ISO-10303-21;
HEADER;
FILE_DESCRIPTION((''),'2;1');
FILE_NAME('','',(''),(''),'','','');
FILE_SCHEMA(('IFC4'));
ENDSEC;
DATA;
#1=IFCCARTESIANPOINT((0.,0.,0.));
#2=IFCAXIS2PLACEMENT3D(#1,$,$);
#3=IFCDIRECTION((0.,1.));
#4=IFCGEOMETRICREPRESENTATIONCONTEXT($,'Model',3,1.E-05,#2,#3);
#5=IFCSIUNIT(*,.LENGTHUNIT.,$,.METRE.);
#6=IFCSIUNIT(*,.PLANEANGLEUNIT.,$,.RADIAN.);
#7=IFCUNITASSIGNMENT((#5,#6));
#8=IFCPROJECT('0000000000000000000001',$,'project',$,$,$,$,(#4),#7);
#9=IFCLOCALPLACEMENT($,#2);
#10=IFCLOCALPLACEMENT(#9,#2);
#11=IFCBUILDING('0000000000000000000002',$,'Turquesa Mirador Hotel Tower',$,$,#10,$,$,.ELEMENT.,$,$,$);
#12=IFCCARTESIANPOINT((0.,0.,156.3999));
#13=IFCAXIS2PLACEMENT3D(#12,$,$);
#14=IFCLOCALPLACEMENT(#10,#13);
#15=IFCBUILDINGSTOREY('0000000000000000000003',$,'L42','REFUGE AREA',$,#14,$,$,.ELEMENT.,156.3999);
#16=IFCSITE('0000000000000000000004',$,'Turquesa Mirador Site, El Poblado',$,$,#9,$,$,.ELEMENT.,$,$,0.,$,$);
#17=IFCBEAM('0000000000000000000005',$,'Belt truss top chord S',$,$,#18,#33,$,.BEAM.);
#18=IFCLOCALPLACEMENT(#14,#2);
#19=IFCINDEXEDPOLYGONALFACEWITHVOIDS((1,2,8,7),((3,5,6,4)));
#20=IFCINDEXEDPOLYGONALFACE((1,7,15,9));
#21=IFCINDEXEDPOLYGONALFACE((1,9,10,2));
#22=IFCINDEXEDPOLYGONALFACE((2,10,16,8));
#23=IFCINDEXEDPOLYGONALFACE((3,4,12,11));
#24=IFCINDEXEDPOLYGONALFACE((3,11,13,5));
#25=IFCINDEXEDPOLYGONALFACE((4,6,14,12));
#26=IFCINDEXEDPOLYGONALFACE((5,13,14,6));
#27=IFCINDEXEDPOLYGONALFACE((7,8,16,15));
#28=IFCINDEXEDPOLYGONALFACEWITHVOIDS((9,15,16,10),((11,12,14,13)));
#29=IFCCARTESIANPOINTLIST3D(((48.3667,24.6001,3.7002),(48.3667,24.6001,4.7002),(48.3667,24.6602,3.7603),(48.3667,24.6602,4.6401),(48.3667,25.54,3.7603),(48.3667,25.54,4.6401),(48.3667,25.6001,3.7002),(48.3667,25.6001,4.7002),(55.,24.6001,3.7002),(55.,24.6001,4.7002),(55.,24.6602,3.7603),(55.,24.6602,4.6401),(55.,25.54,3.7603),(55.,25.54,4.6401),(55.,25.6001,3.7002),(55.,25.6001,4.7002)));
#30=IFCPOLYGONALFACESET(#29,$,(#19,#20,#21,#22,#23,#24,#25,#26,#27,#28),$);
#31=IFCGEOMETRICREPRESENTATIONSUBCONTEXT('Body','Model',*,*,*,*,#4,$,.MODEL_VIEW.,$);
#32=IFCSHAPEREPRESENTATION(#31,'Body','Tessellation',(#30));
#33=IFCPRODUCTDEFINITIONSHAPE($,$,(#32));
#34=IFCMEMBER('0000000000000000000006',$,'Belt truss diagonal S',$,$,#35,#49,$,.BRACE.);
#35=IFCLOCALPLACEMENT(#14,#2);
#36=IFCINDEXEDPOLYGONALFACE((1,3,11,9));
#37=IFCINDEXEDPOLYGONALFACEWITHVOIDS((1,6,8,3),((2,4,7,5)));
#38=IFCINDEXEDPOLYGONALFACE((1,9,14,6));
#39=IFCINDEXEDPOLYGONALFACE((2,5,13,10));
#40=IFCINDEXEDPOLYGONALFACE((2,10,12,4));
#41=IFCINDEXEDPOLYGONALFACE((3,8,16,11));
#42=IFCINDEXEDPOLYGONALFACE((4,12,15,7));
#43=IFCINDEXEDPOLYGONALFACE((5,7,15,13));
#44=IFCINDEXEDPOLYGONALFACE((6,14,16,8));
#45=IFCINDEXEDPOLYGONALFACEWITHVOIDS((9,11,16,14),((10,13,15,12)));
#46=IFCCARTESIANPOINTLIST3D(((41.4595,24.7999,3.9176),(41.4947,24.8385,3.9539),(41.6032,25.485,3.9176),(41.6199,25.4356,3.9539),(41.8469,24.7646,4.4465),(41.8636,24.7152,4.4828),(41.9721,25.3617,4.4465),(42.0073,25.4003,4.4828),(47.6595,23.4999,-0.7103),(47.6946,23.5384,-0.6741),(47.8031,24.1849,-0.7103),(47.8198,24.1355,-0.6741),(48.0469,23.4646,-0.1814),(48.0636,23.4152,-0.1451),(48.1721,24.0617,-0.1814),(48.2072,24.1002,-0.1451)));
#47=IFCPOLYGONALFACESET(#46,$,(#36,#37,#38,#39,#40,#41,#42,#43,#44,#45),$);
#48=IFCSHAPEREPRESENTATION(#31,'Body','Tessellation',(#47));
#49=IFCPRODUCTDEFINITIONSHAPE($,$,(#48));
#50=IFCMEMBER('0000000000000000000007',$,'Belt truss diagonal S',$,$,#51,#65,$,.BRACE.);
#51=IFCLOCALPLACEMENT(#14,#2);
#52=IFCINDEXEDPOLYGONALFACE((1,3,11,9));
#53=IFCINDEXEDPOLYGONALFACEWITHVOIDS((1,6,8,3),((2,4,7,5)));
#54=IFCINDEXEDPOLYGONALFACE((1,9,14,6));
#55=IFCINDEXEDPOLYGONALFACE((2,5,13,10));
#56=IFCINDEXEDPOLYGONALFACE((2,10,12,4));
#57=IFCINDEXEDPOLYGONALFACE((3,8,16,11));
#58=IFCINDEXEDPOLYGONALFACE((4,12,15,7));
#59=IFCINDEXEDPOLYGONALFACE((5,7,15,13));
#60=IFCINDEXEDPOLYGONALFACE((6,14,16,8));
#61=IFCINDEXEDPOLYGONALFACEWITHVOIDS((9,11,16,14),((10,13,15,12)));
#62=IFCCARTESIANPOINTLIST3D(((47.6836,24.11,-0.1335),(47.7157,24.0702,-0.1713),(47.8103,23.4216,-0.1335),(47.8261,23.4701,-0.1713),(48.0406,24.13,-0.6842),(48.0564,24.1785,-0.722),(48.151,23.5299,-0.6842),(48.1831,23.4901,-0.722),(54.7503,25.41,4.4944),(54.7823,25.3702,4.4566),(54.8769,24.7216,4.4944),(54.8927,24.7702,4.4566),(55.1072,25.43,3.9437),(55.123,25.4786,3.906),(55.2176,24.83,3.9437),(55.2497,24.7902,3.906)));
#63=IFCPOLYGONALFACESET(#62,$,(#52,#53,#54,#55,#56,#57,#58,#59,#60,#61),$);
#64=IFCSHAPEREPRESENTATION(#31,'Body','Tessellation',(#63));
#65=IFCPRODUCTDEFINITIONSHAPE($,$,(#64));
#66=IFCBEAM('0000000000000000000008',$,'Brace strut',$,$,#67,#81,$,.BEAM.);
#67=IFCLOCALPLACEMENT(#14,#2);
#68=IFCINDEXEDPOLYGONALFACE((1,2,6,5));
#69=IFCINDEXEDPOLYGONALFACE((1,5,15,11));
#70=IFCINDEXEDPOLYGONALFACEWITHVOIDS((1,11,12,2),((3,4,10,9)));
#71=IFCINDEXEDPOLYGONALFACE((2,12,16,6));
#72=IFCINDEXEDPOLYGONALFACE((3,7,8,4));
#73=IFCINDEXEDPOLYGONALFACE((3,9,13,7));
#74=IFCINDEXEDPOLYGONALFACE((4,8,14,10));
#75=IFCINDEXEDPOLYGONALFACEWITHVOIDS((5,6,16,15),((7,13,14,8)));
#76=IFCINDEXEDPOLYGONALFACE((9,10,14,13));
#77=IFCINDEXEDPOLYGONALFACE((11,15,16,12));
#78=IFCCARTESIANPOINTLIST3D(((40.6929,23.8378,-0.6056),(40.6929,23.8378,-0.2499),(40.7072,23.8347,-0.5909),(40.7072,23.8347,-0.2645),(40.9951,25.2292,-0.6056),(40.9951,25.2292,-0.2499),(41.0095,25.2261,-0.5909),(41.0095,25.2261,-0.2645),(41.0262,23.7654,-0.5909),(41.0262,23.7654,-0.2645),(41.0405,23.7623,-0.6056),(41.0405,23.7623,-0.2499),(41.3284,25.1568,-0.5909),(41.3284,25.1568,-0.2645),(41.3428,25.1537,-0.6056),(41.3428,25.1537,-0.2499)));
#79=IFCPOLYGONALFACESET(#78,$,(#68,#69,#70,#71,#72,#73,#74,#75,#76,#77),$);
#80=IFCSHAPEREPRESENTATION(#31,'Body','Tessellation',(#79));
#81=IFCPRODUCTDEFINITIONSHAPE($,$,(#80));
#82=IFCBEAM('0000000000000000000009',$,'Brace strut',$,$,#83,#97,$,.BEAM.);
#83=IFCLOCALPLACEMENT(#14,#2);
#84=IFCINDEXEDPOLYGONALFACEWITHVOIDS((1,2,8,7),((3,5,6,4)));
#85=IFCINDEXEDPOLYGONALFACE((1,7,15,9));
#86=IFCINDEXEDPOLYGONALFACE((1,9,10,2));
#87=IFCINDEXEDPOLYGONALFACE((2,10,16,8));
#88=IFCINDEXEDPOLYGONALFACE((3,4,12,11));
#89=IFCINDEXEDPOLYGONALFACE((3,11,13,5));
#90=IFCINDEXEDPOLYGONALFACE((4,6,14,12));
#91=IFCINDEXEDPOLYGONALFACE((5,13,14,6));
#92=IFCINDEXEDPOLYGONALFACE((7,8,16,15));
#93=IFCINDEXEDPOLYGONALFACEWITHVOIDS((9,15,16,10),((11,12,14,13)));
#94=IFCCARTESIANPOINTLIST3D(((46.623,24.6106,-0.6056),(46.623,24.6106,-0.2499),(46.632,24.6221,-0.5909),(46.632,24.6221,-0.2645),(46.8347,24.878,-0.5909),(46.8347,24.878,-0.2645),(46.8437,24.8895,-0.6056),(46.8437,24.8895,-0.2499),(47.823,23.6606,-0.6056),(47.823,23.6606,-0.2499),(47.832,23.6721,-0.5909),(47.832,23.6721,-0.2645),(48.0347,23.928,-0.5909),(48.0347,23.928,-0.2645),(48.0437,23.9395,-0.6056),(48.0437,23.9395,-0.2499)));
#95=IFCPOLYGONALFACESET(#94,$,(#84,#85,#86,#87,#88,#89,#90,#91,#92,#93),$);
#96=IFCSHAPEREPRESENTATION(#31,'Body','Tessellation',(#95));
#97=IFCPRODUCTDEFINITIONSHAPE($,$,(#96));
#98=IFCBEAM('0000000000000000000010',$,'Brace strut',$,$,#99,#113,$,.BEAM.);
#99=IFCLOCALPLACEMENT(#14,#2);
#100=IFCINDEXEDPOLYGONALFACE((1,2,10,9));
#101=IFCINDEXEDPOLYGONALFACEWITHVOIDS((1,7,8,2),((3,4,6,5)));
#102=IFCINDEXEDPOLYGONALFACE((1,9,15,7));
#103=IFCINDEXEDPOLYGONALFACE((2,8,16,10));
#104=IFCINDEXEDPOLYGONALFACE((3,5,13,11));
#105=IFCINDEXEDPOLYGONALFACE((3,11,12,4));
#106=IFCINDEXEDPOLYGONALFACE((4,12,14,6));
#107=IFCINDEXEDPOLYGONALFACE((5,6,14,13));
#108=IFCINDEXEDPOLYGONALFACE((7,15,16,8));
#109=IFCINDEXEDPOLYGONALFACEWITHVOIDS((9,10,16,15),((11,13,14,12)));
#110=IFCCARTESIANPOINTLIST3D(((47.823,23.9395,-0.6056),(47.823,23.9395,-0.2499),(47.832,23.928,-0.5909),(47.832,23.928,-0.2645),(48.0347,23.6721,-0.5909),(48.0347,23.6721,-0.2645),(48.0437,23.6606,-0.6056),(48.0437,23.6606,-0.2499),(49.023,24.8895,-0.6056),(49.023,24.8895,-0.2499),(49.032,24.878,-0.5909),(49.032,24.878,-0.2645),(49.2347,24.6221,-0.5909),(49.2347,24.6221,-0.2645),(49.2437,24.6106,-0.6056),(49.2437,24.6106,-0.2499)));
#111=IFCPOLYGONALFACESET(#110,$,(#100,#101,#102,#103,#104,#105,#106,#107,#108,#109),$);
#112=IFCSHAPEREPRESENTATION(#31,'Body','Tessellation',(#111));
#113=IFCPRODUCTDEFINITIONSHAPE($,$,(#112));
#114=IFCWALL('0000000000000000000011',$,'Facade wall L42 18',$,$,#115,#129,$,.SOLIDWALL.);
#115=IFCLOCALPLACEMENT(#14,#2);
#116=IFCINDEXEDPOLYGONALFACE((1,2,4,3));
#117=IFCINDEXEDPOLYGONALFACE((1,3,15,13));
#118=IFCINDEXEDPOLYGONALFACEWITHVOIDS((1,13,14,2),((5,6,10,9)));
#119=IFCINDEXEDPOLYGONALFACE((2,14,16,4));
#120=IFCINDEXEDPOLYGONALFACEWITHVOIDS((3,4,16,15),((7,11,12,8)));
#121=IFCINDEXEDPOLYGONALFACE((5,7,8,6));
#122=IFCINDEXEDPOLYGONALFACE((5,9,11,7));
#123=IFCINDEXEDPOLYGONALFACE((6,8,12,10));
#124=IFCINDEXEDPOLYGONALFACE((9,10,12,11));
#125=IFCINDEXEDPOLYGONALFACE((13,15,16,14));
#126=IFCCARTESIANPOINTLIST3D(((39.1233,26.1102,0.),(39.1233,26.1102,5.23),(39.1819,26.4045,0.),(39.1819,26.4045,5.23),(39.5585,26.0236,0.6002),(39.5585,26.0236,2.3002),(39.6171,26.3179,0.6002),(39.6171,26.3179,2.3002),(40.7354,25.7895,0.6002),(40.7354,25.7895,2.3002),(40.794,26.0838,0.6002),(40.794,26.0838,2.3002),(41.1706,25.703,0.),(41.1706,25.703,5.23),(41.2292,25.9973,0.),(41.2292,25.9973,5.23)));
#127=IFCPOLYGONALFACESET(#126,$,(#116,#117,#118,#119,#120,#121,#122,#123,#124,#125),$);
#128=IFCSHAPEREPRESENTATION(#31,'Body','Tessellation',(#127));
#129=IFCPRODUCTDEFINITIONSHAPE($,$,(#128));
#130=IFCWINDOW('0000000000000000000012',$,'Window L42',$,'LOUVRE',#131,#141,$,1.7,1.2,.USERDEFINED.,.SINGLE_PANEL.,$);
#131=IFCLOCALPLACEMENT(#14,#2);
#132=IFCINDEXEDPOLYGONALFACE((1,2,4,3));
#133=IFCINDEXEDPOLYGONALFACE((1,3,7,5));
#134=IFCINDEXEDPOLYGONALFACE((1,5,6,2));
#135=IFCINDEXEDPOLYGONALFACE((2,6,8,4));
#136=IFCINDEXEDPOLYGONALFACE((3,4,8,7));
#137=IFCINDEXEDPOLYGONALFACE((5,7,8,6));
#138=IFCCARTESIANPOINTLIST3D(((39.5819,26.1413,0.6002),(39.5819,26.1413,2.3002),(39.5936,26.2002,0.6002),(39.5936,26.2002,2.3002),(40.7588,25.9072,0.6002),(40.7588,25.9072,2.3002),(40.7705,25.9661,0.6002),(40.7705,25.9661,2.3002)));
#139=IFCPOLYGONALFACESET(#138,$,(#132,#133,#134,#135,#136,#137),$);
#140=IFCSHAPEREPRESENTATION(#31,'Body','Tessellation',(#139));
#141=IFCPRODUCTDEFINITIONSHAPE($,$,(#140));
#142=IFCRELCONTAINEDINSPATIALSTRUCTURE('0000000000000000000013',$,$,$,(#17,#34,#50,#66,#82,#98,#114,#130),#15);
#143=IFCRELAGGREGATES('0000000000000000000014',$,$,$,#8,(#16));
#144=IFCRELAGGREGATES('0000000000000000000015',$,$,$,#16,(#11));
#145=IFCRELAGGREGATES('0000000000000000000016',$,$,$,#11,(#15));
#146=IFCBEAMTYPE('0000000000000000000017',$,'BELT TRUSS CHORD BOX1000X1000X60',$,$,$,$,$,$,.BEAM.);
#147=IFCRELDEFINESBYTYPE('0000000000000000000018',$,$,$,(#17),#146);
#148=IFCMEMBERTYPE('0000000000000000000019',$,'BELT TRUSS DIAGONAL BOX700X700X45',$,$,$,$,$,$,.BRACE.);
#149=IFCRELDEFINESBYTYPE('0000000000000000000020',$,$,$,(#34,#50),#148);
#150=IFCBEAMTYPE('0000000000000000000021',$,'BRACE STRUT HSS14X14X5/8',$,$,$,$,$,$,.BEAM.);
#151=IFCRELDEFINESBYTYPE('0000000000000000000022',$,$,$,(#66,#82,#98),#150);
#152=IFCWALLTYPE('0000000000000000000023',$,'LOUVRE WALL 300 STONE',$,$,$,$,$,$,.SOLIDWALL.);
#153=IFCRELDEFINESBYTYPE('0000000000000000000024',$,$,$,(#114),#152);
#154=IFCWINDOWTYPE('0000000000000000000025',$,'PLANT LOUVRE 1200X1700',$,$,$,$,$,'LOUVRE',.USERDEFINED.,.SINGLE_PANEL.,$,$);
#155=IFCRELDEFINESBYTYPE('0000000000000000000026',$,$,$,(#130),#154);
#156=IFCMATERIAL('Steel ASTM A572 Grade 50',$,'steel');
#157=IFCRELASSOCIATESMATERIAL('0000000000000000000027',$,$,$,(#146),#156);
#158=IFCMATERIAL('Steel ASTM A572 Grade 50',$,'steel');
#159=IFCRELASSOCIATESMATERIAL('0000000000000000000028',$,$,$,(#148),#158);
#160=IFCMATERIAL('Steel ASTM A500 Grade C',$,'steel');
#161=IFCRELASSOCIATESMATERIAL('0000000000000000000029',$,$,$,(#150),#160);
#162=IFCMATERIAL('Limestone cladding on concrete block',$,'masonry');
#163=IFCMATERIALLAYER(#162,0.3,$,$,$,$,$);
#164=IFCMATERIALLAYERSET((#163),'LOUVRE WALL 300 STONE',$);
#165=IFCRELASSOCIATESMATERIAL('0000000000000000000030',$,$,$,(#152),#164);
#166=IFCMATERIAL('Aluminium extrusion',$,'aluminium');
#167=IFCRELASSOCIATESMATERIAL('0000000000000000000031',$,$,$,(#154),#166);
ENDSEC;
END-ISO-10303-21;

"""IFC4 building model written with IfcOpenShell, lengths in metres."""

from ifc_helpers import new_model, si_unit, direction, frame, frame_2d, origin, origin_2d, place, context, subcontext, project, spatial, rectangle, hollow_rectangle, extrude, material, layer, layer_set, material_profile, profile_set, type_object, element, fill, save


model = new_model("IFC4")

# Units and contexts
model_context = context("Model", 3, precision=1e-05, world=origin(), true_north=direction((0.0, 1.0)))
body_context = subcontext(model_context, "Body", "Model", "MODEL_VIEW")
ifc_project = project(units=[si_unit("LENGTHUNIT", "METRE"), si_unit("PLANEANGLEUNIT", "RADIAN")], contexts=[model_context])

# Site, building, storey
site_placement = place(None, origin())
site = spatial("IfcSite", under=ifc_project, at=site_placement, Name="Turquesa Mirador Site, El Poblado", CompositionType="ELEMENT", RefElevation=0.0)
building_placement = place(site_placement, origin())
building = spatial("IfcBuilding", under=site, at=building_placement, Name="Turquesa Mirador Hotel Tower", CompositionType="ELEMENT")
storey_placement = place(building_placement, frame((0.0, 0.0, 156.3999)))
storey = spatial("IfcBuildingStorey", under=building, at=storey_placement, Name="L42", Description="REFUGE AREA", CompositionType="ELEMENT", Elevation=156.3999)

# Beam
ifc_material_1 = material(Name="Steel ASTM A572 Grade 50", Category="steel")
ifc_material_profile_1 = material_profile(ifc_material_1, hollow_rectangle(XDim=1.0, YDim=1.0, WallThickness=0.0601, at=origin_2d()), Name="BOX1000X1000X60")
ifc_profile_set_1 = profile_set([ifc_material_profile_1], Name="Steel ASTM A572 Grade 50")
beam_type_1 = type_object("IfcBeamType", Name="BELT TRUSS CHORD BOX1000X1000X60", PredefinedType="BEAM", material=ifc_profile_set_1)
beam_1_placement = place(storey_placement, frame((48.3667, 25.1001, 4.2002), z_axis=(1.0, 0.0, 0.0), x_axis=(0.0, 1.0, 0.0)))
element("IfcBeam", 1, at=beam_1_placement, inside=storey, type_object=beam_type_1, Name="Belt truss top chord S", PredefinedType="BEAM", context=body_context, shape_type="SweptSolid", body=[
    extrude(hollow_rectangle(XDim=1.0, YDim=1.0, WallThickness=0.0601, at=origin_2d()), origin(), (0.0, 0.0, 1.0), 6.6333),
])

# Members
ifc_material_2 = material(Name="Steel ASTM A572 Grade 50", Category="steel")
ifc_material_profile_2 = material_profile(ifc_material_2, hollow_rectangle(XDim=0.7, YDim=0.7, WallThickness=0.0449, at=origin_2d()), Name="BOX700X700X45")
ifc_profile_set_2 = profile_set([ifc_material_profile_2], Name="Steel ASTM A572 Grade 50")
member_type = type_object("IfcMemberType", Name="BELT TRUSS DIAGONAL BOX700X700X45", PredefinedType="BRACE", material=ifc_profile_set_2)
member_1_placement = place(storey_placement, frame((41.7334, 25.1001, 4.2002), z_axis=(0.790285, -0.165713, -0.589905), x_axis=(0.205224, 0.978715, 0.0)))
element("IfcMember", 2, at=member_1_placement, inside=storey, type_object=member_type, Name="Belt truss diagonal S", PredefinedType="BRACE", context=body_context, shape_type="SweptSolid", body=[
    extrude(hollow_rectangle(XDim=0.7, YDim=0.7, WallThickness=0.0449, at=origin_2d()), origin(), (0.0, 0.0, 1.0), 7.8452),
])
member_2_placement = place(storey_placement, frame((47.9333, 23.8, -0.4277), z_axis=(0.826832, 0.152112, 0.54149), x_axis=(-0.180933, 0.983495, 0.0)))
element("IfcMember", 3, at=member_2_placement, inside=storey, type_object=member_type, Name="Belt truss diagonal S", PredefinedType="BRACE", context=body_context, shape_type="SweptSolid", body=[
    extrude(hollow_rectangle(XDim=0.7, YDim=0.7, WallThickness=0.0449, at=origin_2d()), origin(), (0.0, 0.0, 1.0), 8.5466),
])

# Beams
ifc_material_3 = material(Name="Steel ASTM A500 Grade C", Category="steel")
ifc_material_profile_3 = material_profile(ifc_material_3, hollow_rectangle(XDim=0.3557, YDim=0.3557, WallThickness=0.0146, at=origin_2d()), Name="HSS14X14X5/8")
ifc_profile_set_3 = profile_set([ifc_material_profile_3], Name="Steel ASTM A500 Grade C")
beam_type_2 = type_object("IfcBeamType", Name="BRACE STRUT HSS14X14X5/8", PredefinedType="BEAM", material=ifc_profile_set_3)
beam_2_placement = place(storey_placement, frame((40.8667, 23.8, -0.4277), z_axis=(0.21228, 0.977209, 0.0), x_axis=(-0.977209, 0.21228, 0.0)))
element("IfcBeam", 4, at=beam_2_placement, inside=storey, type_object=beam_type_2, Name="Brace strut", PredefinedType="BEAM", context=body_context, shape_type="SweptSolid", body=[
    extrude(hollow_rectangle(XDim=0.3557, YDim=0.3557, WallThickness=0.0146, at=origin_2d()), origin(), (0.0, 0.0, 1.0), 1.4238),
])
for number, where, z_axis, x_axis, name in (
    (5, (47.9333, 23.8, -0.4277), (-0.784049, 0.620699, 0.0), (-0.620699, -0.784049, 0.0), "Brace strut"),
    (6, (47.9333, 23.8, -0.4277), (0.784049, 0.620699, 0.0), (-0.620699, 0.784049, 0.0), "Brace strut"),
):
    element("IfcBeam", number, at=place(storey_placement, frame(where, z_axis=z_axis, x_axis=x_axis)), inside=storey, type_object=beam_type_2, Name=name, PredefinedType="BEAM", context=body_context, shape_type="SweptSolid", body=[
        extrude(hollow_rectangle(XDim=0.3557, YDim=0.3557, WallThickness=0.0146, at=origin_2d()), origin(), (0.0, 0.0, 1.0), 1.5305),
    ])

# Wall, opening, window
ifc_material_4 = material(Name="Limestone cladding on concrete block", Category="masonry")
ifc_layer_1 = layer(ifc_material_4, 0.3)
ifc_layer_set_1 = layer_set([ifc_layer_1], Name="LOUVRE WALL 300 STONE")
wall_type_1 = type_object("IfcWallType", Name="LOUVRE WALL 300 STONE", PredefinedType="SOLIDWALL", material=ifc_layer_set_1)
wall_1_placement = place(storey_placement, frame((39.1526, 26.2573, 0.0), z_axis=(0.0, 0.0, 1.0), x_axis=(0.980787, -0.195081, 0.0)))
wall_1 = element("IfcWall", 7, at=wall_1_placement, inside=storey, type_object=wall_type_1, Name="Facade wall L42 18", PredefinedType="SOLIDWALL", context=body_context, shape_type="SweptSolid", body=[
    extrude(rectangle(XDim=2.0874, YDim=0.3, at=frame_2d((1.0437, 0.0))), origin(), (0.0, 0.0, 1.0), 5.23),
])
opening_1_placement = place(wall_1_placement, frame((0.4436, 0.0, 0.6001)))
opening_1 = element("IfcOpeningElement", 8, at=opening_1_placement, cuts=wall_1, PredefinedType="OPENING", context=body_context, shape_type="SweptSolid", body=[
    extrude(rectangle(XDim=1.2, YDim=1.7, at=frame_2d((0.6001, 0.8501))), frame((0.0, 0.1599, 0.0), z_axis=(0.0, -1.0, 0.0), x_axis=(1.0, 0.0, 0.0)), (0.0, 0.0, 1.0), 0.3201),
])
ifc_material_5 = material(Name="Aluminium extrusion", Category="aluminium")
window_type_1 = type_object("IfcWindowType", Name="PLANT LOUVRE 1200X1700", ElementType="LOUVRE", PartitioningType="SINGLE_PANEL", PredefinedType="USERDEFINED", material=ifc_material_5)
window_1_placement = place(opening_1_placement, origin())
window_1 = element("IfcWindow", 9, at=window_1_placement, inside=storey, type_object=window_type_1, Name="Window L42", ObjectType="LOUVRE", OverallHeight=1.7, OverallWidth=1.2, PartitioningType="SINGLE_PANEL", PredefinedType="USERDEFINED", context=body_context, shape_type="SweptSolid", body=[
    extrude(rectangle(XDim=1.2, YDim=1.7, at=frame_2d((0.6001, 0.8501))), frame((0.0, 0.03, 0.0), z_axis=(0.0, -1.0, 0.0), x_axis=(1.0, 0.0, 0.0)), (0.0, 0.0, 1.0), 0.0601),
])
fill(opening_1, window_1)

save(model, "model.ifc")
